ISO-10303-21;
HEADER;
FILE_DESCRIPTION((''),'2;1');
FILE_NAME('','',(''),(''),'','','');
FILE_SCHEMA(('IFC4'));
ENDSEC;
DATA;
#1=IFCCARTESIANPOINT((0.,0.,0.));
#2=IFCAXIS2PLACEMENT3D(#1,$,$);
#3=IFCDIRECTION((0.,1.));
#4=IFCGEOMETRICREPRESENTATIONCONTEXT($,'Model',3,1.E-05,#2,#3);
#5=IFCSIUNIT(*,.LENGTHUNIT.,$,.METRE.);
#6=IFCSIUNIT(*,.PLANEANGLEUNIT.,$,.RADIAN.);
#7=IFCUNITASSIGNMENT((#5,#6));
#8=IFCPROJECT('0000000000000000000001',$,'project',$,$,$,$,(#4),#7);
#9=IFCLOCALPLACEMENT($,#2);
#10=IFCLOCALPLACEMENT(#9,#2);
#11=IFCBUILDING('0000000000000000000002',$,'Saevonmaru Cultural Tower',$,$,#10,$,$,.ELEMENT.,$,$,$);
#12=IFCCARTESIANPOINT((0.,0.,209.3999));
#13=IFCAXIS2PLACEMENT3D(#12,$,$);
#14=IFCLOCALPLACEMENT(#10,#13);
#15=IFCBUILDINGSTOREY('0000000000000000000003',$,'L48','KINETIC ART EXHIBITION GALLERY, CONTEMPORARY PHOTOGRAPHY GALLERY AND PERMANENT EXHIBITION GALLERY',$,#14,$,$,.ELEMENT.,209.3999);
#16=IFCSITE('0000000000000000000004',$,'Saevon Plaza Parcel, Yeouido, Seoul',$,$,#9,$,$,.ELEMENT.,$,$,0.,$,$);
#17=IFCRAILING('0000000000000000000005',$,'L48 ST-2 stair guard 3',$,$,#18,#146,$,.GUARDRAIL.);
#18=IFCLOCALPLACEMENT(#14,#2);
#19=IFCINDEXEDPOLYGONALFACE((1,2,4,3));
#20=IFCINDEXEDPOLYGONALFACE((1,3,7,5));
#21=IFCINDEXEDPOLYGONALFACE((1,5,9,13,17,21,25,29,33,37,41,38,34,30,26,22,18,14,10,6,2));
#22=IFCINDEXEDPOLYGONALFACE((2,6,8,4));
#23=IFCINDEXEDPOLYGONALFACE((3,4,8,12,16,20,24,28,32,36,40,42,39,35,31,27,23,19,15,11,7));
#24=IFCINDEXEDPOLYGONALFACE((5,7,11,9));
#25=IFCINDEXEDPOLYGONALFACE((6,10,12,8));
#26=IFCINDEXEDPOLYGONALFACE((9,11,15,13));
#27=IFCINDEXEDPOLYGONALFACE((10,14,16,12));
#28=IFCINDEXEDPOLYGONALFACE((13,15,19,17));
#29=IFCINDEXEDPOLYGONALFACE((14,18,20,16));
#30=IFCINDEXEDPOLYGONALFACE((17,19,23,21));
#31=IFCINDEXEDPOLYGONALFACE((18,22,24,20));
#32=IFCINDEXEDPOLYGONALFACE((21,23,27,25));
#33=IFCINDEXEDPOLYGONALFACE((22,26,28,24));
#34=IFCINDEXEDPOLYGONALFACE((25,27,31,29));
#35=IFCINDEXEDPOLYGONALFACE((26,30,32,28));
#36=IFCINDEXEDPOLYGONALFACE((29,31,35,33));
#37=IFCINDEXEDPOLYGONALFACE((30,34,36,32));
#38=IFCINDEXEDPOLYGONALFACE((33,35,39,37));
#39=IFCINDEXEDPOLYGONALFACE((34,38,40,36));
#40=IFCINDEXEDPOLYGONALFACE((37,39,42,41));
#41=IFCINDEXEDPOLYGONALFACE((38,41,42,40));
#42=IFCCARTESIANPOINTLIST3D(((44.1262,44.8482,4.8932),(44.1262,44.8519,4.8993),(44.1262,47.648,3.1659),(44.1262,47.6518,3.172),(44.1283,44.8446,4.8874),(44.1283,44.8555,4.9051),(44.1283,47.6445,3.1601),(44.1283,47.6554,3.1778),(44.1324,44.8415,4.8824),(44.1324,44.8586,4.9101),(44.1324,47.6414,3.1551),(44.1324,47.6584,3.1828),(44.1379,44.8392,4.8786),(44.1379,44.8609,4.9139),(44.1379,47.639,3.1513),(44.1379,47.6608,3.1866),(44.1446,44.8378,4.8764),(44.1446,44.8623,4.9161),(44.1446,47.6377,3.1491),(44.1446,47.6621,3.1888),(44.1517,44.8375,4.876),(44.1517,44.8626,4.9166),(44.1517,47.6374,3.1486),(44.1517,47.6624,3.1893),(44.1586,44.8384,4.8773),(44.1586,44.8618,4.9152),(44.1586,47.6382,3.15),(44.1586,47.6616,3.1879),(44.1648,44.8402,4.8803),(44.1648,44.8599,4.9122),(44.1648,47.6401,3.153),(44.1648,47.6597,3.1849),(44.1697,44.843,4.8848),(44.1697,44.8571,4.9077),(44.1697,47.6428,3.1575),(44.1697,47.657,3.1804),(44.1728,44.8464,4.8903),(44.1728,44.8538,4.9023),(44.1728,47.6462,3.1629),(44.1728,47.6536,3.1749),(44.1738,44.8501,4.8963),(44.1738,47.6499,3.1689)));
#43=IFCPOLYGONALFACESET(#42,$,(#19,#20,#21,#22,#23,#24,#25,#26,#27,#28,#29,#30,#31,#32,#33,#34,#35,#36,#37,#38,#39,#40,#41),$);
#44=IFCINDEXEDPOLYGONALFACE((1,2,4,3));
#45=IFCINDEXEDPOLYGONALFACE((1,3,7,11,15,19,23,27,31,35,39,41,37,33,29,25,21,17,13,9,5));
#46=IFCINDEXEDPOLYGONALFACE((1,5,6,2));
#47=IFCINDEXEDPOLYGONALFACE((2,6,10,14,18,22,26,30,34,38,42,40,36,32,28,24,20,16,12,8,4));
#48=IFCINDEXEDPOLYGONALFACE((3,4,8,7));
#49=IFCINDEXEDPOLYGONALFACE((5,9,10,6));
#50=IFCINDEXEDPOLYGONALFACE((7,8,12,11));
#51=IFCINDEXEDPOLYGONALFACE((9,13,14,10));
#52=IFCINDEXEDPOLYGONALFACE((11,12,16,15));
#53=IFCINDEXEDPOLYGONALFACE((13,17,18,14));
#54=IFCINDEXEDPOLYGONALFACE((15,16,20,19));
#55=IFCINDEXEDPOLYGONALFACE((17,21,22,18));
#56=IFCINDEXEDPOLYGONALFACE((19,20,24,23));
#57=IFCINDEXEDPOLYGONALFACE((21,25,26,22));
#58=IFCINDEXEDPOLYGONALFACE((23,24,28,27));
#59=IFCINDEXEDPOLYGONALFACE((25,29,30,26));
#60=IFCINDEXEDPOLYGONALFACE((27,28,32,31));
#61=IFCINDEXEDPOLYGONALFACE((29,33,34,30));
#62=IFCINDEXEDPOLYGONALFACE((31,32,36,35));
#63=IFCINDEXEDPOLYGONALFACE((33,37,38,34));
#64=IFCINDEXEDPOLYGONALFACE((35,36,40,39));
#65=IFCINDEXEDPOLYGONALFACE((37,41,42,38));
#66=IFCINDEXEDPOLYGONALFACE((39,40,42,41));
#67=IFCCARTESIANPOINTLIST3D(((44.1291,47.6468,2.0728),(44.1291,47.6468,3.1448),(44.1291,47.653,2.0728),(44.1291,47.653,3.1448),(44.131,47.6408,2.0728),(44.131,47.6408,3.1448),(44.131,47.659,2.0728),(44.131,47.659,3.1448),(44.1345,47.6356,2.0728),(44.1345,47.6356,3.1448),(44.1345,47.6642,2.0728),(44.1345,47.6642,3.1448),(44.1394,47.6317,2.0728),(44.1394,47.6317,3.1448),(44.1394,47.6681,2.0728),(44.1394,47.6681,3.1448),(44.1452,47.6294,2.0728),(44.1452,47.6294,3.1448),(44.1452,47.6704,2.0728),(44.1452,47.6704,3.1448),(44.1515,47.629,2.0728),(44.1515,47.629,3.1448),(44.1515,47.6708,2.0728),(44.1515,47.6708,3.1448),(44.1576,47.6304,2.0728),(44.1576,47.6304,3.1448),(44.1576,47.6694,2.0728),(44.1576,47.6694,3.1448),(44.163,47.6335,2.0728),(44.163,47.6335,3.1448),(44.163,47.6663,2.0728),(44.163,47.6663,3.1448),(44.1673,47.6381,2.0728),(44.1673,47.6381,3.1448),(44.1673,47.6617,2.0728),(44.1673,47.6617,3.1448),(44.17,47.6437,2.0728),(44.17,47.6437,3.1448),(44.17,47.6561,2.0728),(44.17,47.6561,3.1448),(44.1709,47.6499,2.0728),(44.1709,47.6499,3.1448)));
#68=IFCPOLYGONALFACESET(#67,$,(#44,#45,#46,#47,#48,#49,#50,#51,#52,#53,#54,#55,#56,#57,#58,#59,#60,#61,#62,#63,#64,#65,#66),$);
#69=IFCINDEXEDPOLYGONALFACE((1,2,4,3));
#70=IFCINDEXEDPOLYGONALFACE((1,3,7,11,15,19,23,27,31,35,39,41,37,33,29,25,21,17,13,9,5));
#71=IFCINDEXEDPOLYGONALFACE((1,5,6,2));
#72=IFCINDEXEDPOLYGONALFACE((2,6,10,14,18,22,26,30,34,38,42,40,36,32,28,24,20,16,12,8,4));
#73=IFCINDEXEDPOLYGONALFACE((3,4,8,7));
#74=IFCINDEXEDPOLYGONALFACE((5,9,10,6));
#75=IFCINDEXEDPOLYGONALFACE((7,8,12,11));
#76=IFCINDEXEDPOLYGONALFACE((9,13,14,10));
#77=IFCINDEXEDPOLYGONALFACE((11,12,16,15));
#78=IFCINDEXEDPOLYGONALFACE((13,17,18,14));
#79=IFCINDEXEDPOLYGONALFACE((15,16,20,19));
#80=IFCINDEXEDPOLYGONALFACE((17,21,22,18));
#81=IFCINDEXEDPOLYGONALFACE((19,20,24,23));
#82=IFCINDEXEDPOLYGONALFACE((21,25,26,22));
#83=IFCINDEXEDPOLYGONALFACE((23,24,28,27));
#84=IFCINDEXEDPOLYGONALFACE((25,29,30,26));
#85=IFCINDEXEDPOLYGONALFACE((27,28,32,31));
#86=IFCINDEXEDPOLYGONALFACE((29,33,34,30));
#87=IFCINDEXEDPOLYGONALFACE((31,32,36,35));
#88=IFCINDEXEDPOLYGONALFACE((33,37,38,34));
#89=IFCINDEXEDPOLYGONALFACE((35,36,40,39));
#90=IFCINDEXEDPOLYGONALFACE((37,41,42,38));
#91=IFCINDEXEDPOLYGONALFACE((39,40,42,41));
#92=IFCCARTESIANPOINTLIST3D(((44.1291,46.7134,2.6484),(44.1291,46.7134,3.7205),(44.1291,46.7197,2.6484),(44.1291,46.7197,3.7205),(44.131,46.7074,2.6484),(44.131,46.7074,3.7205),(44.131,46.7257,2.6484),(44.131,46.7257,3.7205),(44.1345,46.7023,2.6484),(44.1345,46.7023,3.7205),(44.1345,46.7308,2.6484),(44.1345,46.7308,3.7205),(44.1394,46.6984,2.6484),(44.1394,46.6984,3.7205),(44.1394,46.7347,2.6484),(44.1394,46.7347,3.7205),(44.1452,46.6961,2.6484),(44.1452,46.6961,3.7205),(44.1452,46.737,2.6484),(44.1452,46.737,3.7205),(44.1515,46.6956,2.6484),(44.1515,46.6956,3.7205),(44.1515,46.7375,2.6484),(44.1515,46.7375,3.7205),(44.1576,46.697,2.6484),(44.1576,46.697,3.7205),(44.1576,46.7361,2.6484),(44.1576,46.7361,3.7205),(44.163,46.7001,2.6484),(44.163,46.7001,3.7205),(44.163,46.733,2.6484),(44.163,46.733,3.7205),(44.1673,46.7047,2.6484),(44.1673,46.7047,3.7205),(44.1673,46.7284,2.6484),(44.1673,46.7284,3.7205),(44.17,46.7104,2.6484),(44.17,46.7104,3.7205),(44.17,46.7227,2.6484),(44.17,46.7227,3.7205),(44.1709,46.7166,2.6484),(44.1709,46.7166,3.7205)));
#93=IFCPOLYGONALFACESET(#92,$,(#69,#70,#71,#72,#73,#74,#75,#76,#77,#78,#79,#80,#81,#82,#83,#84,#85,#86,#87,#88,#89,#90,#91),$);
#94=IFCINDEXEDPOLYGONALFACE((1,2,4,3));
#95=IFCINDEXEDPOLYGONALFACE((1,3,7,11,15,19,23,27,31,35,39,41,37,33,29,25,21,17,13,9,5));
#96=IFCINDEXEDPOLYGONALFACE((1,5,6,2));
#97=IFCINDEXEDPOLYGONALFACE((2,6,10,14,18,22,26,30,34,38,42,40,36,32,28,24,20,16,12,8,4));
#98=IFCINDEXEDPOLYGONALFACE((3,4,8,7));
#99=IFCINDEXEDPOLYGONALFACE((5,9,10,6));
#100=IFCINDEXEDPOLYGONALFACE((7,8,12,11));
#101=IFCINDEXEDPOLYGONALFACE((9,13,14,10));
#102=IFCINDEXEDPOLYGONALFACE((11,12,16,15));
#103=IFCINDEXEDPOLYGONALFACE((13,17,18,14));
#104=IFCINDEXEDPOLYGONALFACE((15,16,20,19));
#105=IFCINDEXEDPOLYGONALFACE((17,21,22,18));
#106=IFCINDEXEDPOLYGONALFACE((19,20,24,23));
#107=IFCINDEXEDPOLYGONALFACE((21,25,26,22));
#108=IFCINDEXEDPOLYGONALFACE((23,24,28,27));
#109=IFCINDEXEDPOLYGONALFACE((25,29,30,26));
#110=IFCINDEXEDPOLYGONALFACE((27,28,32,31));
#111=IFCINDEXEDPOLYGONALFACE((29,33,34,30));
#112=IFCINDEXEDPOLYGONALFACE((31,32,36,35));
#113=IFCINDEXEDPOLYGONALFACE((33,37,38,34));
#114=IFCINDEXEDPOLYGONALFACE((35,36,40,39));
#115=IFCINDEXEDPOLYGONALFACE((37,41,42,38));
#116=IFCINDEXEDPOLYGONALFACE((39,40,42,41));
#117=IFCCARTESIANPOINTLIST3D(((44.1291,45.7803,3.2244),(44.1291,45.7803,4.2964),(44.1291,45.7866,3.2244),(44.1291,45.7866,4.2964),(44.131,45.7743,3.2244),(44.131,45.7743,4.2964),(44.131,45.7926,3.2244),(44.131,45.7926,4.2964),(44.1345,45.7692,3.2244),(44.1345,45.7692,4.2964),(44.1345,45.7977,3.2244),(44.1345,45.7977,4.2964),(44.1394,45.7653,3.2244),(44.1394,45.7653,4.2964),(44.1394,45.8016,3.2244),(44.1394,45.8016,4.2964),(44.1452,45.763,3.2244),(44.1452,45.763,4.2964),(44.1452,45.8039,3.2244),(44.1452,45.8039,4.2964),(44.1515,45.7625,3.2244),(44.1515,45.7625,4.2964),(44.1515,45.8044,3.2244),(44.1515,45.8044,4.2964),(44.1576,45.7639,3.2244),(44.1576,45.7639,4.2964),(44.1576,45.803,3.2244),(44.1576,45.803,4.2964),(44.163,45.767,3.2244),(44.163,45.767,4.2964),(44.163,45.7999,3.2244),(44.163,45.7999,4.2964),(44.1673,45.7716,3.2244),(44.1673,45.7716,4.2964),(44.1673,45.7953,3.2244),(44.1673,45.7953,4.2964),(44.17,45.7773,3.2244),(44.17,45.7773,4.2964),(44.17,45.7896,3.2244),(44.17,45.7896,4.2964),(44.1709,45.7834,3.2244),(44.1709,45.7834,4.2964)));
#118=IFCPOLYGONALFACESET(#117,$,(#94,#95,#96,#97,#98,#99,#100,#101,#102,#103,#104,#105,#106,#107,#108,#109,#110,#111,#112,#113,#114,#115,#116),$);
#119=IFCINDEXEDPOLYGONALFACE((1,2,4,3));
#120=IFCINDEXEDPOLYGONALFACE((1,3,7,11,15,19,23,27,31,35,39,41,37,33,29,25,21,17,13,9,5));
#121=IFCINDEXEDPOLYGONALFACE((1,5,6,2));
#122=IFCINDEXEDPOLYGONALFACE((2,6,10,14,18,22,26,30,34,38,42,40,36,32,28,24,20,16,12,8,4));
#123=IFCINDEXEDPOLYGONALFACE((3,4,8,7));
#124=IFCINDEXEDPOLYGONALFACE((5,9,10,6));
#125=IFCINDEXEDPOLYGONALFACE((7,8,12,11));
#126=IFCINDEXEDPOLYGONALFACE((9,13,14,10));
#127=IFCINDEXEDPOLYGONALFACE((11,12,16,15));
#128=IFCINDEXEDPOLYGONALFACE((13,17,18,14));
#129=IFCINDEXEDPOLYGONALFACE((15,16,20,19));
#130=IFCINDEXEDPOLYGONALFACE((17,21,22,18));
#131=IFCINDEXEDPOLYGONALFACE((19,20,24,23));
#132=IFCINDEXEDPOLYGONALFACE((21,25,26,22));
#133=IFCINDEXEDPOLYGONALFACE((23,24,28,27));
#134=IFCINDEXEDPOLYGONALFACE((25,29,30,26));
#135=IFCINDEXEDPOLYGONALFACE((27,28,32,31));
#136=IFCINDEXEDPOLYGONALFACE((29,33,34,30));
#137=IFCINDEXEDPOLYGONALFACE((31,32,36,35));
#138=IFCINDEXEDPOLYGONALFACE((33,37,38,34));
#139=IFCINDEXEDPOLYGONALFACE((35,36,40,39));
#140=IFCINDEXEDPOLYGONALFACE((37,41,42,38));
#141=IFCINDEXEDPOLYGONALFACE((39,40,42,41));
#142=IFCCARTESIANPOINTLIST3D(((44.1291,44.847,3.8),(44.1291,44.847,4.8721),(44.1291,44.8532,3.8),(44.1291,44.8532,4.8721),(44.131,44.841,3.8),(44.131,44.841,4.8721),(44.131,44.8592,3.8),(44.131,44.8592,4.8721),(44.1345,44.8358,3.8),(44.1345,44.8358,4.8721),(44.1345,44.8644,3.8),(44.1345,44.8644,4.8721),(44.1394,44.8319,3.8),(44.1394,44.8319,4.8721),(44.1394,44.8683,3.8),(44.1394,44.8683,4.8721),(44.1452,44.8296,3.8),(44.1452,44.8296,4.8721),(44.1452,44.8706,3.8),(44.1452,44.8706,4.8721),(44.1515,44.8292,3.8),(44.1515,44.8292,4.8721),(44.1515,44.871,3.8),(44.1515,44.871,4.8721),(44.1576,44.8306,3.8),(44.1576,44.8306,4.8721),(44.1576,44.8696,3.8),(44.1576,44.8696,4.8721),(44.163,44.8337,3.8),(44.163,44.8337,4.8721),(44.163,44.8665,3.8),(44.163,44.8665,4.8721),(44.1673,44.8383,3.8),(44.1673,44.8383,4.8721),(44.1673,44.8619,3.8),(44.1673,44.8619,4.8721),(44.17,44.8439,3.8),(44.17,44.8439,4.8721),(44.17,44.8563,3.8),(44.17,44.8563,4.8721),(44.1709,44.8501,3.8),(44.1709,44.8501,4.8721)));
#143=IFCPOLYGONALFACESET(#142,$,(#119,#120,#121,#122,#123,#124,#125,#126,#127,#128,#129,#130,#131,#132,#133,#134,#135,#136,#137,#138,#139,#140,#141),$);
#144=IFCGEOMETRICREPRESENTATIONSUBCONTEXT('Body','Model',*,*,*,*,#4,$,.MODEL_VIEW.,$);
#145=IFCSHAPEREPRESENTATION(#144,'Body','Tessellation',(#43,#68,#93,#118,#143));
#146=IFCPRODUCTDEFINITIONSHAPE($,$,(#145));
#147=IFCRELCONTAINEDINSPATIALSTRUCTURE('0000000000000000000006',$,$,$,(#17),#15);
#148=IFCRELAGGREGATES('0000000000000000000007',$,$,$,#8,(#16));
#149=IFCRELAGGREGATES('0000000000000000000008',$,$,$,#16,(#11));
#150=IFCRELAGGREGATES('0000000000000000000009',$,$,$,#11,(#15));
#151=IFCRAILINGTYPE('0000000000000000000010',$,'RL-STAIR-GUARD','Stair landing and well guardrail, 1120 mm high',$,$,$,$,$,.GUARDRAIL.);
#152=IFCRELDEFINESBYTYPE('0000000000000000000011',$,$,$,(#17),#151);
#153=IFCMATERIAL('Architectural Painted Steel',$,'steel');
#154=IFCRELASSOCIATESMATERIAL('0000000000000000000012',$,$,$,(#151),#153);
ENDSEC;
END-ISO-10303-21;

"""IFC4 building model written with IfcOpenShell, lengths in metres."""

from ifc_helpers import new_model, si_unit, direction, frame, origin, origin_2d, place, context, subcontext, project, spatial, circle, extrude, material, type_object, element, save


model = new_model("IFC4")

# Units and contexts
model_context = context("Model", 3, precision=1e-05, world=origin(), true_north=direction((0.0, 1.0)))
body_context = subcontext(model_context, "Body", "Model", "MODEL_VIEW")
ifc_project = project(units=[si_unit("LENGTHUNIT", "METRE"), si_unit("PLANEANGLEUNIT", "RADIAN")], contexts=[model_context])

# Site, building, storey
site_placement = place(None, origin())
site = spatial("IfcSite", under=ifc_project, at=site_placement, Name="Saevon Plaza Parcel, Yeouido, Seoul", CompositionType="ELEMENT", RefElevation=0.0)
building_placement = place(site_placement, origin())
building = spatial("IfcBuilding", under=site, at=building_placement, Name="Saevonmaru Cultural Tower", CompositionType="ELEMENT")
storey_placement = place(building_placement, frame((0.0, 0.0, 209.3999)))
storey = spatial("IfcBuildingStorey", under=building, at=storey_placement, Name="L48", Description="KINETIC ART EXHIBITION GALLERY, CONTEMPORARY PHOTOGRAPHY GALLERY AND PERMANENT EXHIBITION GALLERY", CompositionType="ELEMENT", Elevation=209.3999)

# Railing
ifc_material_1 = material(Name="Architectural Painted Steel", Category="steel")
railing_type_1 = type_object("IfcRailingType", Name="RL-STAIR-GUARD", Description="Stair landing and well guardrail, 1120 mm high", PredefinedType="GUARDRAIL", material=ifc_material_1)
railing_1_placement = place(storey_placement, frame((44.1499, 47.6499, 2.0728)))
element("IfcRailing", 1, at=railing_1_placement, inside=storey, type_object=railing_type_1, Name="L48 ST-2 stair guard 3", PredefinedType="GUARDRAIL", context=body_context, shape_type="SweptSolid", body=[
    extrude(circle(Radius=0.0239, at=origin_2d()), frame((0.0, 0.0, 1.0962), z_axis=(0.0, -0.851069, 0.525054), x_axis=(1.0, 0.0, 0.0)), (0.0, 0.0, 1.0), 3.2898),
    extrude(circle(Radius=0.021, at=origin_2d()), origin(), (0.0, 0.0, 1.0), 1.072),
    extrude(circle(Radius=0.021, at=origin_2d()), frame((0.0, -0.9333, 0.5757)), (0.0, 0.0, 1.0), 1.072),
    extrude(circle(Radius=0.021, at=origin_2d()), frame((0.0, -1.8665, 1.1516)), (0.0, 0.0, 1.0), 1.072),
    extrude(circle(Radius=0.021, at=origin_2d()), frame((0.0, -2.7998, 1.7273)), (0.0, 0.0, 1.0), 1.072),
])

save(model, "model.ifc")
